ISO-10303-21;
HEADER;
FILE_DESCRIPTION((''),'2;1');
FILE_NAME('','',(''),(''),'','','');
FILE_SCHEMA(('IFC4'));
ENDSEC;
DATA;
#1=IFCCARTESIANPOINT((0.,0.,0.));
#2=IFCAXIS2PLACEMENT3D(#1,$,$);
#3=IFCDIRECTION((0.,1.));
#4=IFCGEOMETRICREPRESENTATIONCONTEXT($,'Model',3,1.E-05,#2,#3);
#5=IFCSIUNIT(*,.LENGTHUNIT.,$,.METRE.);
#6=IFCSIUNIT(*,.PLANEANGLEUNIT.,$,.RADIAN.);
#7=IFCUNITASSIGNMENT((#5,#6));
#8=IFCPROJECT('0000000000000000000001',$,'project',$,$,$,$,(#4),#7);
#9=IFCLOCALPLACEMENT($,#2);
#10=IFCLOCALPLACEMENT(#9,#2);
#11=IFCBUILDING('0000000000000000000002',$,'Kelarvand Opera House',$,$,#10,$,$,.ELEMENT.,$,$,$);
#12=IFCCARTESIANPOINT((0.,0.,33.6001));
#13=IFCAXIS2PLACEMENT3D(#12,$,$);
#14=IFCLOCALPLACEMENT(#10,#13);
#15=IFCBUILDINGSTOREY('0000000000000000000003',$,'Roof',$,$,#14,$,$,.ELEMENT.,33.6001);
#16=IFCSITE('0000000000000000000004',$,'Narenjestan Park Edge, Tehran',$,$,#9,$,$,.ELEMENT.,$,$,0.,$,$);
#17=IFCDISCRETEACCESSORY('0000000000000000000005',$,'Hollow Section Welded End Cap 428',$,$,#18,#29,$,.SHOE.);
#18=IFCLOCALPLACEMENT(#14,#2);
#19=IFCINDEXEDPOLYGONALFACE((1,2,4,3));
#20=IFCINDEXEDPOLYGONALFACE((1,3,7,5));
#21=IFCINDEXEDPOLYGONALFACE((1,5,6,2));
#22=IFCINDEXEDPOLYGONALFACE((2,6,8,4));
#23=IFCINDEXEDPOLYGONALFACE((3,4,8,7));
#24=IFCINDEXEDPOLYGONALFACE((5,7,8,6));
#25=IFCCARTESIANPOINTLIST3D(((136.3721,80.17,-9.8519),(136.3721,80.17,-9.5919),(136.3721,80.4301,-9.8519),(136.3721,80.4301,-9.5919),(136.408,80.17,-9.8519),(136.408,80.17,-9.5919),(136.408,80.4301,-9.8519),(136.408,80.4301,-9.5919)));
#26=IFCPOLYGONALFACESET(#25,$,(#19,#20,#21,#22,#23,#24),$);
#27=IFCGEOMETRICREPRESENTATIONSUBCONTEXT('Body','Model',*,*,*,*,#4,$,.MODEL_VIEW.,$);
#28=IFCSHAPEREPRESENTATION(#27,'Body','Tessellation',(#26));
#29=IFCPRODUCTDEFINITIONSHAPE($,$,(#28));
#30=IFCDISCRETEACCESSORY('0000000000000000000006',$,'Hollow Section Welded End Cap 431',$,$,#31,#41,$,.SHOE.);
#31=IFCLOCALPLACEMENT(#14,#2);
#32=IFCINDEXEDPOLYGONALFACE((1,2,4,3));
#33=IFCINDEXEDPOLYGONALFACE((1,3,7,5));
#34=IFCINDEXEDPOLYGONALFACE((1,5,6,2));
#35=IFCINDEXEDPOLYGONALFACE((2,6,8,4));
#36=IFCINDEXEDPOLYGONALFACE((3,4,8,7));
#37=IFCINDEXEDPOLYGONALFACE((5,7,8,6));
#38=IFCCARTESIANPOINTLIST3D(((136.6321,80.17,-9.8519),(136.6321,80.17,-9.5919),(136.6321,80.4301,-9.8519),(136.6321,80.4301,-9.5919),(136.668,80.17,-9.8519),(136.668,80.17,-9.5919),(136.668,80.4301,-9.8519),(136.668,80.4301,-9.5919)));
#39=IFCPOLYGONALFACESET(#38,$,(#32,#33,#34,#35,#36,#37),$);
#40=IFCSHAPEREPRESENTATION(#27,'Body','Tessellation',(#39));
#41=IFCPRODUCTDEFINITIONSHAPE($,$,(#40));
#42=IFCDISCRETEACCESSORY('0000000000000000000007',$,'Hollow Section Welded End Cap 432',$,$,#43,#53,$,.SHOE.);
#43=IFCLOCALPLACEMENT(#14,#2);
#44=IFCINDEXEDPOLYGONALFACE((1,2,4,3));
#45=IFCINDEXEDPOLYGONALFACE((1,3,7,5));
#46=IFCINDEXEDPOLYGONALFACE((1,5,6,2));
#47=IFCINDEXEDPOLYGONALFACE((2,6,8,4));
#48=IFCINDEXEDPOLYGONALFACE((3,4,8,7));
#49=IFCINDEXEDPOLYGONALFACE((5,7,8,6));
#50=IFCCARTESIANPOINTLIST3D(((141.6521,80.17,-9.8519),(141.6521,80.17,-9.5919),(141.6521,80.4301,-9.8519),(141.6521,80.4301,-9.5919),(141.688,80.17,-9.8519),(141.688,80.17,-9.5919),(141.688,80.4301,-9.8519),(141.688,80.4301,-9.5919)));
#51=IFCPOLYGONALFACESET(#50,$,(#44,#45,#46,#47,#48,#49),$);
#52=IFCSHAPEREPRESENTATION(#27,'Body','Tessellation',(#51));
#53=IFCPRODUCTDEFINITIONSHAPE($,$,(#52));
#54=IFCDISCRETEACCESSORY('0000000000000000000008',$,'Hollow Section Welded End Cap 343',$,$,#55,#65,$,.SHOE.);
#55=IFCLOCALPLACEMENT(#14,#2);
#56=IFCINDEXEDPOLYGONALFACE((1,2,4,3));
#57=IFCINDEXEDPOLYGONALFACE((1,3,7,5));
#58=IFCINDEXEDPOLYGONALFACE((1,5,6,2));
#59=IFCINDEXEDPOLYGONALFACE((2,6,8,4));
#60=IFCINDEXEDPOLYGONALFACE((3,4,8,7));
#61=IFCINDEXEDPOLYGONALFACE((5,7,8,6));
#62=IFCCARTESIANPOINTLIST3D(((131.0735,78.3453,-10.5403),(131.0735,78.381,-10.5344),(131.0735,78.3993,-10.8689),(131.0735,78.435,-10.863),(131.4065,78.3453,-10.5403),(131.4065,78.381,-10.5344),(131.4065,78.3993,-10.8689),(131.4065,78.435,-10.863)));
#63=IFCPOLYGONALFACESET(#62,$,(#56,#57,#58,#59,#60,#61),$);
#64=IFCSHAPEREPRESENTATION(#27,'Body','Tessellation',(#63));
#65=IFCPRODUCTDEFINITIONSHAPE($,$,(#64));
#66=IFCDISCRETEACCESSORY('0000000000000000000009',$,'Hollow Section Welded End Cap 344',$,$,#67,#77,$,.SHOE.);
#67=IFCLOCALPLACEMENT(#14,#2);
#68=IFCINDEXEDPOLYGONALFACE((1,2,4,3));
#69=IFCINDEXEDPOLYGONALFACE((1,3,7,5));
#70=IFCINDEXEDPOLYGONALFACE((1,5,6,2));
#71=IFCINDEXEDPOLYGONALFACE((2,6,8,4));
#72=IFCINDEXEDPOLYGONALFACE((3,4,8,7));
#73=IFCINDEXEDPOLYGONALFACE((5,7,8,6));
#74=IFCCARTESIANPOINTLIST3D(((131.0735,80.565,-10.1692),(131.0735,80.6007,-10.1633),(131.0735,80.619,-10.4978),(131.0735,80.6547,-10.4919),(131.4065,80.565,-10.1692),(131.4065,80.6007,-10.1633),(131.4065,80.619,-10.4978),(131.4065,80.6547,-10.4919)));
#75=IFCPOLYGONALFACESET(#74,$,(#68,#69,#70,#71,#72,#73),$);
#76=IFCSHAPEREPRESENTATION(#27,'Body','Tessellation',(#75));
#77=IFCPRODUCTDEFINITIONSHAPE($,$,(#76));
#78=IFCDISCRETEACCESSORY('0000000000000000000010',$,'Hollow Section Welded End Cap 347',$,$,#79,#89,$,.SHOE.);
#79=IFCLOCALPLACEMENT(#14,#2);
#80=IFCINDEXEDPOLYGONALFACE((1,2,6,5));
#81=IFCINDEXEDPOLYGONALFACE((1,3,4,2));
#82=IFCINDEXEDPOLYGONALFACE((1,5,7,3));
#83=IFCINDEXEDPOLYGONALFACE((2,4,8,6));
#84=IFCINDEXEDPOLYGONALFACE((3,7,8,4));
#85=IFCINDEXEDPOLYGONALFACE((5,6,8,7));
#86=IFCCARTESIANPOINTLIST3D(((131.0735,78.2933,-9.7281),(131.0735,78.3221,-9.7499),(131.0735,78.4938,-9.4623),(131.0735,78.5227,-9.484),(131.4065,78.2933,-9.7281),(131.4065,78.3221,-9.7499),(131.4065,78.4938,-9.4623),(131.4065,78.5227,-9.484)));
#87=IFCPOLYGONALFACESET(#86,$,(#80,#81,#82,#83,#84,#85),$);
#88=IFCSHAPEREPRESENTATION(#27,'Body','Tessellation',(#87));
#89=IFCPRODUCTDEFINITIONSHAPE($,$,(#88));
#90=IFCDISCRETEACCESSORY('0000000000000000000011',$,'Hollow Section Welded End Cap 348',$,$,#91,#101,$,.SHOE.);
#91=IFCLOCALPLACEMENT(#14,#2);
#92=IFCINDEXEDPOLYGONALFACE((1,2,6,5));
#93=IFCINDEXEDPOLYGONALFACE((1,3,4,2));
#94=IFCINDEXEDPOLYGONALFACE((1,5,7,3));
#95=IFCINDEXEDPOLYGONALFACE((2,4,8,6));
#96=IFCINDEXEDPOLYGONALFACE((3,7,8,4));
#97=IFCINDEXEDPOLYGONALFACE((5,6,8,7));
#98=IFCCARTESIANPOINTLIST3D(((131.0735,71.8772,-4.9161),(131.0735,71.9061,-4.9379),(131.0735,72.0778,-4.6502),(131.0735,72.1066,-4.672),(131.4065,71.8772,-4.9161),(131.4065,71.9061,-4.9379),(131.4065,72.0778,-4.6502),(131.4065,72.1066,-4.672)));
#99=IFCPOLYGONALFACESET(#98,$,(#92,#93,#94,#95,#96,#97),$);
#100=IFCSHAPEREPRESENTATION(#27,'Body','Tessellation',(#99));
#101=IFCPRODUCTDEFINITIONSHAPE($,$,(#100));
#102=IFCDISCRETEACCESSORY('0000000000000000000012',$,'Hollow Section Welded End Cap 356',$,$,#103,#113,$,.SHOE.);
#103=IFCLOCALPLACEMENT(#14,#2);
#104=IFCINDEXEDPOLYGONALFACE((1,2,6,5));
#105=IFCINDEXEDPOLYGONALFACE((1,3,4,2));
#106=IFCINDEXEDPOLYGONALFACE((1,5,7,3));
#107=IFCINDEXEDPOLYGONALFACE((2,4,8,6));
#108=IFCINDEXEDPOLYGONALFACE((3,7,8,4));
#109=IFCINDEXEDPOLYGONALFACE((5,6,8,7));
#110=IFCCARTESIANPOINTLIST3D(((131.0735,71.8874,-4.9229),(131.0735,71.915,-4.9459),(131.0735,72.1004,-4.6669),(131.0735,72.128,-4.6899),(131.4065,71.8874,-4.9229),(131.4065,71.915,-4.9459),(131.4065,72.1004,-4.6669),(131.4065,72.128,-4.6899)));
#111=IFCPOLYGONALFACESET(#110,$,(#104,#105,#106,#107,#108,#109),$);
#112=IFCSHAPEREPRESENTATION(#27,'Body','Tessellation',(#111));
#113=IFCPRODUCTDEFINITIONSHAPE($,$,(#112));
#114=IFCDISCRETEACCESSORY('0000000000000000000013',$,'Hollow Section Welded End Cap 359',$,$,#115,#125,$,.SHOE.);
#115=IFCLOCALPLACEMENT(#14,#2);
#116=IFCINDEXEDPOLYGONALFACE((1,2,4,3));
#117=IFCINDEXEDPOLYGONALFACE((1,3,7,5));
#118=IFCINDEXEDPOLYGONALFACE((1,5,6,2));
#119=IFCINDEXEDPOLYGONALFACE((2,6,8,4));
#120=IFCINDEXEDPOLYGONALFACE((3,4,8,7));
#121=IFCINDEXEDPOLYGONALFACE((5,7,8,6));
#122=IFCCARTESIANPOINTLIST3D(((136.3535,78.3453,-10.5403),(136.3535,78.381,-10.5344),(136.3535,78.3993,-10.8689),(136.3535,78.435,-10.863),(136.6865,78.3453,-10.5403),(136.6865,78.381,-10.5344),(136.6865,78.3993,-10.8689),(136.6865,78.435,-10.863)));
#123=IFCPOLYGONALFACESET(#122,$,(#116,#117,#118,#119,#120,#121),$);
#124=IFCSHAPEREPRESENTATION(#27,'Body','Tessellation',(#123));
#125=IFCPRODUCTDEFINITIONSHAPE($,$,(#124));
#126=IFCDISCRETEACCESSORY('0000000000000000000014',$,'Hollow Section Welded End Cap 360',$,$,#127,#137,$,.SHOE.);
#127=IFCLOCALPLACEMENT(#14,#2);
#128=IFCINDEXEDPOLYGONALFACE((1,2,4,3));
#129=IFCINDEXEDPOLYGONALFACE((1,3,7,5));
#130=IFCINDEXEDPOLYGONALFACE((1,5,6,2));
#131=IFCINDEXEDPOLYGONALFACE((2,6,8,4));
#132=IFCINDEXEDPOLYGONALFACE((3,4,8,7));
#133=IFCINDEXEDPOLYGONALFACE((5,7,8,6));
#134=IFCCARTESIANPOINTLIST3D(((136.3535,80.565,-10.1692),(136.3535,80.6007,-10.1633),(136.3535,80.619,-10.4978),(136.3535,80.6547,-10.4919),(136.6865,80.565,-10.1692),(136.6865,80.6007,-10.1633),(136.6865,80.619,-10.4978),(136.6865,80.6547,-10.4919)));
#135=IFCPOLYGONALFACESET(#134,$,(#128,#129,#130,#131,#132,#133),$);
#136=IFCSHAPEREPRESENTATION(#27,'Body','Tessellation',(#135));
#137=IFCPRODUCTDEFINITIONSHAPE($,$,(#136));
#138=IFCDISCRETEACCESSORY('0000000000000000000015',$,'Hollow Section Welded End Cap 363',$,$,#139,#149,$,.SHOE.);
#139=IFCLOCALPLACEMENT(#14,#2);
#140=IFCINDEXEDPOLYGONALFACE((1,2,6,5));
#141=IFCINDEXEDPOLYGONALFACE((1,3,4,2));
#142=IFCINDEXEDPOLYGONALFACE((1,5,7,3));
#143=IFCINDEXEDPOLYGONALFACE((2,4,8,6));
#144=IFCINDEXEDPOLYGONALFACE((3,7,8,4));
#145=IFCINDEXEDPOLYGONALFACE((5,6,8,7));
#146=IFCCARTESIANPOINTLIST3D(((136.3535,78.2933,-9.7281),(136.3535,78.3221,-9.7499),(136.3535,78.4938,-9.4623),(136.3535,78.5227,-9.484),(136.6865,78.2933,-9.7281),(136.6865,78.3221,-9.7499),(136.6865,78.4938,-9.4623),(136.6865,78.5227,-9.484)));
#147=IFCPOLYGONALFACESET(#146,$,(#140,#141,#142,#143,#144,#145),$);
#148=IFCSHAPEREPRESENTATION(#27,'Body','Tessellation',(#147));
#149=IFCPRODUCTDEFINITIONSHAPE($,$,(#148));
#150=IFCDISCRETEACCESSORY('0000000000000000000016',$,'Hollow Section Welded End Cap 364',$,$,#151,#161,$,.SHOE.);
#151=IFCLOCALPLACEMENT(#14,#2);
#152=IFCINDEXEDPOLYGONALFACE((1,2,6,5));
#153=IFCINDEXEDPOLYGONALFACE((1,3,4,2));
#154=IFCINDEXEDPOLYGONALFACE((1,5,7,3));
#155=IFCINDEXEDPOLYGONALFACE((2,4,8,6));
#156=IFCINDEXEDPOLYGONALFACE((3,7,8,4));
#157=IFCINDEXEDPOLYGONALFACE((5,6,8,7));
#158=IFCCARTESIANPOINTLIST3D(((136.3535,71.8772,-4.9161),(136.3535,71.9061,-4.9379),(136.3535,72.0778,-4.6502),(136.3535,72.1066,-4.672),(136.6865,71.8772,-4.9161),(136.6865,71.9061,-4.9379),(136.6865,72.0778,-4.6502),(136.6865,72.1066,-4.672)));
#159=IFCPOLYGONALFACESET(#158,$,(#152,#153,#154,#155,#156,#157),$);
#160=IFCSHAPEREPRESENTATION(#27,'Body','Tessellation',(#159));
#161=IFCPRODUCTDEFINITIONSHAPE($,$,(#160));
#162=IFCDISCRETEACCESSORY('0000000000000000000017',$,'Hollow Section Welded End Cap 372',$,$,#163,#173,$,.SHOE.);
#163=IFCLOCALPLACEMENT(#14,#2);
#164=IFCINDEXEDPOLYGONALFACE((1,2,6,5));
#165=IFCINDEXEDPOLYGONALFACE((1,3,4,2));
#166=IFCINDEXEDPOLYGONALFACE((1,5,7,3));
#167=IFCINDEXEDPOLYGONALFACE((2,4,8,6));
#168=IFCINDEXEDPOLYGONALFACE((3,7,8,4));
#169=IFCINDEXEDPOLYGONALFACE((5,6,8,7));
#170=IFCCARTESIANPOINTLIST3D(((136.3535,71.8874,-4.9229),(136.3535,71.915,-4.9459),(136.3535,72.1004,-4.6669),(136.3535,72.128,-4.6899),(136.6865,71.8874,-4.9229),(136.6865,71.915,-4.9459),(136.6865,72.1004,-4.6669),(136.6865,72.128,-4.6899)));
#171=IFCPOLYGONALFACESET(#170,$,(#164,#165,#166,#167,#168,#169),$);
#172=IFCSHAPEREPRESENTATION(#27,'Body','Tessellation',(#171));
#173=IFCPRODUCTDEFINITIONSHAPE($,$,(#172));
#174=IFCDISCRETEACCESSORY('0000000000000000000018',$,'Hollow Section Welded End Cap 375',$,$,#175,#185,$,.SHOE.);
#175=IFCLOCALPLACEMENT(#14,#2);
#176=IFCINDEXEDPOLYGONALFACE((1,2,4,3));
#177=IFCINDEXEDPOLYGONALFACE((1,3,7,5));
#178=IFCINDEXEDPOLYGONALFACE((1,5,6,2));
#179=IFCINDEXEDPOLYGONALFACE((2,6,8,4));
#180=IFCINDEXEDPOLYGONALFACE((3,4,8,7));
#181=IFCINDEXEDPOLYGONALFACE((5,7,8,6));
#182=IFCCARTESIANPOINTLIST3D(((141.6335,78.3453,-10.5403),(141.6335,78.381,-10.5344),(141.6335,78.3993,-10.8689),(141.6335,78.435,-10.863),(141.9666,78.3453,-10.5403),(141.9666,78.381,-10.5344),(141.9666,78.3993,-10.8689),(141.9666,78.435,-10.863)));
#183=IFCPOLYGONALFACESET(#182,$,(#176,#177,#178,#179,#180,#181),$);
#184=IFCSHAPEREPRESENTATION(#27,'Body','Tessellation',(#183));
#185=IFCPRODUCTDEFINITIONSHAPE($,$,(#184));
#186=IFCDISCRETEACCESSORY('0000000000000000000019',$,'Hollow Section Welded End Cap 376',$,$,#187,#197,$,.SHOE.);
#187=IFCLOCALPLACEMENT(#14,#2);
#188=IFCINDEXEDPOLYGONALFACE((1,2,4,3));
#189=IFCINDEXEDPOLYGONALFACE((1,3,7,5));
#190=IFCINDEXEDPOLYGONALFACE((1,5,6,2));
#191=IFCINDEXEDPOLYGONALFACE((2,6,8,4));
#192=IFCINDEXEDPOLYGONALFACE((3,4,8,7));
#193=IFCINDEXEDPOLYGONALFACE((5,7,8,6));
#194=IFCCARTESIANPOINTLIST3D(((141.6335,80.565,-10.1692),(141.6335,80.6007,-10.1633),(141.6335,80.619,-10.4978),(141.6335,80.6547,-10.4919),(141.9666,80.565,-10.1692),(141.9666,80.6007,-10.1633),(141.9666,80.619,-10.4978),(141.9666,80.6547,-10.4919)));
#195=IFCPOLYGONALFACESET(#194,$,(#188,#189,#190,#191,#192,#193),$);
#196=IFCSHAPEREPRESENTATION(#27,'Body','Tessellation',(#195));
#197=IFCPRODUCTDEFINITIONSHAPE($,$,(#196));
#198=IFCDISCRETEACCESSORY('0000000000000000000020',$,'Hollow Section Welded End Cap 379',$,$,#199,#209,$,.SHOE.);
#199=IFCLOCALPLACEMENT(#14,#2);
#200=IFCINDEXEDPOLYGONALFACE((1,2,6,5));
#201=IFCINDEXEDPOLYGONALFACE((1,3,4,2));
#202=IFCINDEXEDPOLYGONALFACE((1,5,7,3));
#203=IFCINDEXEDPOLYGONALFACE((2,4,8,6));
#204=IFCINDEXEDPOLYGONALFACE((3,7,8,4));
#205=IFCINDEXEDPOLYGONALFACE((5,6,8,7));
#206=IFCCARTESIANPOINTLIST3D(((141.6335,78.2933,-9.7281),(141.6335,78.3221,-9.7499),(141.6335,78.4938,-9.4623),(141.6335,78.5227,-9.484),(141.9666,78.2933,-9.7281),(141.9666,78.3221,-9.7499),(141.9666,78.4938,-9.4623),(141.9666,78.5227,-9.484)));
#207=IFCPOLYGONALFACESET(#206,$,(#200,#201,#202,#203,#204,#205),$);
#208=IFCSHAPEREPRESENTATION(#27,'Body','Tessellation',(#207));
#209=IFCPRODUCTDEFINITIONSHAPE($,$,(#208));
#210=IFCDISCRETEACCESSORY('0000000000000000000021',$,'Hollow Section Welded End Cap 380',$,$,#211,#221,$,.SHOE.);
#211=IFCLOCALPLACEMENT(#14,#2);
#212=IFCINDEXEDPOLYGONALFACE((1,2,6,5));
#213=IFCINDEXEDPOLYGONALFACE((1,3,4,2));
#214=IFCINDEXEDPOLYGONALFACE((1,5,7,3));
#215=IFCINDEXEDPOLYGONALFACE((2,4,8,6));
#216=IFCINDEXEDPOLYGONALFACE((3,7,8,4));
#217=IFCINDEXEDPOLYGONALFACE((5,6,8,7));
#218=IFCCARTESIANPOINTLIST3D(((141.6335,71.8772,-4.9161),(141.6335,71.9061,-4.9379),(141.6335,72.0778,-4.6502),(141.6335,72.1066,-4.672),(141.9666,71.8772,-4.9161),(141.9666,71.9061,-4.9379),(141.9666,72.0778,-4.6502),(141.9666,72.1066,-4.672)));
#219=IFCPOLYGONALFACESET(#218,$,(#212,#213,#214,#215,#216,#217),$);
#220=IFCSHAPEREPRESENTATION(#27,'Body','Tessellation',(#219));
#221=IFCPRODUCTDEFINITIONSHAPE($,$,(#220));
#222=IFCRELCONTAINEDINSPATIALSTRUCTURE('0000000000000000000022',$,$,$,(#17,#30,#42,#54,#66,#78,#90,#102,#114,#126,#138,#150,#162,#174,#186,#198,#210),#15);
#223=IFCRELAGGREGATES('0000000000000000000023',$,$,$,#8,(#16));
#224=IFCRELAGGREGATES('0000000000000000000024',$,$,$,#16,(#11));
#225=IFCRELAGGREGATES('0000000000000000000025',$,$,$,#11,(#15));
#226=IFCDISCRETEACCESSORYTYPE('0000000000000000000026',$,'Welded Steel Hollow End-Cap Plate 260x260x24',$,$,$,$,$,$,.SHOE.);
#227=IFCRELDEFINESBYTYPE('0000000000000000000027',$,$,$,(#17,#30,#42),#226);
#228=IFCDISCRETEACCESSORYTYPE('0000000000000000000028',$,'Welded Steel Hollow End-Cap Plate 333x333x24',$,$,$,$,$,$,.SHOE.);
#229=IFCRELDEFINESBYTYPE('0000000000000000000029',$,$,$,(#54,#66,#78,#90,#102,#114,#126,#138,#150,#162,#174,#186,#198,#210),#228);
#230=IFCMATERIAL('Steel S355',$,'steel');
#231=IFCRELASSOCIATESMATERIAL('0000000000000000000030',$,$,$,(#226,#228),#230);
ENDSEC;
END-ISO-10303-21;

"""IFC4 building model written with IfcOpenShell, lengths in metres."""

from ifc_helpers import new_model, si_unit, direction, frame, origin, origin_2d, place, context, subcontext, project, spatial, rectangle, extrude, material, material_profile, profile_set, type_object, element, save


model = new_model("IFC4")

# Units and contexts
model_context = context("Model", 3, precision=1e-05, world=origin(), true_north=direction((0.0, 1.0)))
body_context = subcontext(model_context, "Body", "Model", "MODEL_VIEW")
ifc_project = project(units=[si_unit("LENGTHUNIT", "METRE"), si_unit("PLANEANGLEUNIT", "RADIAN")], contexts=[model_context])

# Site, building, storey
site_placement = place(None, origin())
site = spatial("IfcSite", under=ifc_project, at=site_placement, Name="Narenjestan Park Edge, Tehran", CompositionType="ELEMENT", RefElevation=0.0)
building_placement = place(site_placement, origin())
building = spatial("IfcBuilding", under=site, at=building_placement, Name="Kelarvand Opera House", CompositionType="ELEMENT")
storey_placement = place(building_placement, frame((0.0, 0.0, 33.6001)))
storey = spatial("IfcBuildingStorey", under=building, at=storey_placement, Name="Roof", CompositionType="ELEMENT", Elevation=33.6001)

# Shared definitions
ifc_material = material(Name="Steel S355", Category="steel")

# Discrete accessories
ifc_material_profile_1 = material_profile(ifc_material, rectangle(XDim=0.26, YDim=0.26, at=origin_2d()), Name="Welded Steel Hollow End-Cap Plate 260x260x24", Category="steel")
ifc_profile_set_1 = profile_set([ifc_material_profile_1], Name="Steel S355")
discrete_accessory_type_1 = type_object("IfcDiscreteAccessoryType", Name="Welded Steel Hollow End-Cap Plate 260x260x24", PredefinedType="SHOE", material=ifc_profile_set_1)
for number, where, z_axis, x_axis, name in (
    (1, (136.3721, 80.3, -9.7219), (1.0, 0.0, 0.0), (0.0, 1.0, 0.0), "Hollow Section Welded End Cap 428"),
    (2, (136.668, 80.3, -9.7219), (-1.0, 0.0, 0.0), (0.0, -1.0, 0.0), "Hollow Section Welded End Cap 431"),
    (3, (141.6521, 80.3, -9.7219), (1.0, 0.0, 0.0), (0.0, 1.0, 0.0), "Hollow Section Welded End Cap 432"),
):
    element("IfcDiscreteAccessory", number, at=place(storey_placement, frame(where, z_axis=z_axis, x_axis=x_axis)), inside=storey, type_object=discrete_accessory_type_1, Name=name, PredefinedType="SHOE", context=body_context, shape_type="SweptSolid", body=[
        extrude(rectangle(XDim=0.26, YDim=0.26, at=origin_2d()), origin(), (0.0, 0.0, 1.0), 0.0359),
    ])
ifc_material_profile_2 = material_profile(ifc_material, rectangle(XDim=0.333, YDim=0.333, at=origin_2d()), Name="Welded Steel Hollow End-Cap Plate 333x333x24", Category="steel")
ifc_profile_set_2 = profile_set([ifc_material_profile_2], Name="Steel S355")
discrete_accessory_type_2 = type_object("IfcDiscreteAccessoryType", Name="Welded Steel Hollow End-Cap Plate 333x333x24", PredefinedType="SHOE", material=ifc_profile_set_2)
for number, where, z_axis, x_axis, name in (
    (4, (131.24, 78.408, -10.6987), (0.0, -0.986757, -0.162207), (1.0, 0.0, 0.0), "Hollow Section Welded End Cap 343"),
    (5, (131.24, 80.592, -10.3335), (0.0, 0.986757, 0.162207), (-1.0, 0.0, 0.0), "Hollow Section Welded End Cap 344"),
    (6, (131.24, 78.3936, -9.5952), (0.0, 0.798373, -0.602163), (-1.0, 0.0, 0.0), "Hollow Section Welded End Cap 347"),
    (7, (131.24, 72.0063, -4.8049), (0.0, -0.798373, 0.602163), (1.0, 0.0, 0.0), "Hollow Section Welded End Cap 348"),
):
    element("IfcDiscreteAccessory", number, at=place(storey_placement, frame(where, z_axis=z_axis, x_axis=x_axis)), inside=storey, type_object=discrete_accessory_type_2, Name=name, PredefinedType="SHOE", context=body_context, shape_type="SweptSolid", body=[
        extrude(rectangle(XDim=0.333, YDim=0.333, at=origin_2d()), origin(), (0.0, 0.0, 1.0), 0.0361),
    ])
discrete_accessory_1_placement = place(storey_placement, frame((131.24, 71.9939, -4.7949), z_axis=(0.0, 0.768779, -0.639515), x_axis=(-1.0, 0.0, 0.0)))
element("IfcDiscreteAccessory", 8, at=discrete_accessory_1_placement, inside=storey, type_object=discrete_accessory_type_2, Name="Hollow Section Welded End Cap 356", PredefinedType="SHOE", context=body_context, shape_type="SweptSolid", body=[
    extrude(rectangle(XDim=0.333, YDim=0.333, at=origin_2d()), origin(), (0.0, 0.0, 1.0), 0.0359),
])
for number, where, z_axis, x_axis, name in (
    (9, (136.52, 78.408, -10.6987), (0.0, -0.986757, -0.162207), (1.0, 0.0, 0.0), "Hollow Section Welded End Cap 359"),
    (10, (136.52, 80.592, -10.3335), (0.0, 0.986757, 0.162207), (-1.0, 0.0, 0.0), "Hollow Section Welded End Cap 360"),
    (11, (136.52, 78.3936, -9.5952), (0.0, 0.798373, -0.602163), (-1.0, 0.0, 0.0), "Hollow Section Welded End Cap 363"),
    (12, (136.52, 72.0063, -4.8049), (0.0, -0.798373, 0.602163), (1.0, 0.0, 0.0), "Hollow Section Welded End Cap 364"),
):
    element("IfcDiscreteAccessory", number, at=place(storey_placement, frame(where, z_axis=z_axis, x_axis=x_axis)), inside=storey, type_object=discrete_accessory_type_2, Name=name, PredefinedType="SHOE", context=body_context, shape_type="SweptSolid", body=[
        extrude(rectangle(XDim=0.333, YDim=0.333, at=origin_2d()), origin(), (0.0, 0.0, 1.0), 0.0361),
    ])
discrete_accessory_2_placement = place(storey_placement, frame((136.52, 71.9939, -4.7949), z_axis=(0.0, 0.768779, -0.639515), x_axis=(-1.0, 0.0, 0.0)))
element("IfcDiscreteAccessory", 13, at=discrete_accessory_2_placement, inside=storey, type_object=discrete_accessory_type_2, Name="Hollow Section Welded End Cap 372", PredefinedType="SHOE", context=body_context, shape_type="SweptSolid", body=[
    extrude(rectangle(XDim=0.333, YDim=0.333, at=origin_2d()), origin(), (0.0, 0.0, 1.0), 0.0359),
])
for number, where, z_axis, x_axis, name in (
    (14, (141.8, 78.408, -10.6987), (0.0, -0.986757, -0.162207), (1.0, 0.0, 0.0), "Hollow Section Welded End Cap 375"),
    (15, (141.8, 80.592, -10.3335), (0.0, 0.986757, 0.162207), (-1.0, 0.0, 0.0), "Hollow Section Welded End Cap 376"),
    (16, (141.8, 78.3936, -9.5952), (0.0, 0.798373, -0.602163), (-1.0, 0.0, 0.0), "Hollow Section Welded End Cap 379"),
    (17, (141.8, 72.0063, -4.8049), (0.0, -0.798373, 0.602163), (1.0, 0.0, 0.0), "Hollow Section Welded End Cap 380"),
):
    element("IfcDiscreteAccessory", number, at=place(storey_placement, frame(where, z_axis=z_axis, x_axis=x_axis)), inside=storey, type_object=discrete_accessory_type_2, Name=name, PredefinedType="SHOE", context=body_context, shape_type="SweptSolid", body=[
        extrude(rectangle(XDim=0.333, YDim=0.333, at=origin_2d()), origin(), (0.0, 0.0, 1.0), 0.0361),
    ])

save(model, "model.ifc")
